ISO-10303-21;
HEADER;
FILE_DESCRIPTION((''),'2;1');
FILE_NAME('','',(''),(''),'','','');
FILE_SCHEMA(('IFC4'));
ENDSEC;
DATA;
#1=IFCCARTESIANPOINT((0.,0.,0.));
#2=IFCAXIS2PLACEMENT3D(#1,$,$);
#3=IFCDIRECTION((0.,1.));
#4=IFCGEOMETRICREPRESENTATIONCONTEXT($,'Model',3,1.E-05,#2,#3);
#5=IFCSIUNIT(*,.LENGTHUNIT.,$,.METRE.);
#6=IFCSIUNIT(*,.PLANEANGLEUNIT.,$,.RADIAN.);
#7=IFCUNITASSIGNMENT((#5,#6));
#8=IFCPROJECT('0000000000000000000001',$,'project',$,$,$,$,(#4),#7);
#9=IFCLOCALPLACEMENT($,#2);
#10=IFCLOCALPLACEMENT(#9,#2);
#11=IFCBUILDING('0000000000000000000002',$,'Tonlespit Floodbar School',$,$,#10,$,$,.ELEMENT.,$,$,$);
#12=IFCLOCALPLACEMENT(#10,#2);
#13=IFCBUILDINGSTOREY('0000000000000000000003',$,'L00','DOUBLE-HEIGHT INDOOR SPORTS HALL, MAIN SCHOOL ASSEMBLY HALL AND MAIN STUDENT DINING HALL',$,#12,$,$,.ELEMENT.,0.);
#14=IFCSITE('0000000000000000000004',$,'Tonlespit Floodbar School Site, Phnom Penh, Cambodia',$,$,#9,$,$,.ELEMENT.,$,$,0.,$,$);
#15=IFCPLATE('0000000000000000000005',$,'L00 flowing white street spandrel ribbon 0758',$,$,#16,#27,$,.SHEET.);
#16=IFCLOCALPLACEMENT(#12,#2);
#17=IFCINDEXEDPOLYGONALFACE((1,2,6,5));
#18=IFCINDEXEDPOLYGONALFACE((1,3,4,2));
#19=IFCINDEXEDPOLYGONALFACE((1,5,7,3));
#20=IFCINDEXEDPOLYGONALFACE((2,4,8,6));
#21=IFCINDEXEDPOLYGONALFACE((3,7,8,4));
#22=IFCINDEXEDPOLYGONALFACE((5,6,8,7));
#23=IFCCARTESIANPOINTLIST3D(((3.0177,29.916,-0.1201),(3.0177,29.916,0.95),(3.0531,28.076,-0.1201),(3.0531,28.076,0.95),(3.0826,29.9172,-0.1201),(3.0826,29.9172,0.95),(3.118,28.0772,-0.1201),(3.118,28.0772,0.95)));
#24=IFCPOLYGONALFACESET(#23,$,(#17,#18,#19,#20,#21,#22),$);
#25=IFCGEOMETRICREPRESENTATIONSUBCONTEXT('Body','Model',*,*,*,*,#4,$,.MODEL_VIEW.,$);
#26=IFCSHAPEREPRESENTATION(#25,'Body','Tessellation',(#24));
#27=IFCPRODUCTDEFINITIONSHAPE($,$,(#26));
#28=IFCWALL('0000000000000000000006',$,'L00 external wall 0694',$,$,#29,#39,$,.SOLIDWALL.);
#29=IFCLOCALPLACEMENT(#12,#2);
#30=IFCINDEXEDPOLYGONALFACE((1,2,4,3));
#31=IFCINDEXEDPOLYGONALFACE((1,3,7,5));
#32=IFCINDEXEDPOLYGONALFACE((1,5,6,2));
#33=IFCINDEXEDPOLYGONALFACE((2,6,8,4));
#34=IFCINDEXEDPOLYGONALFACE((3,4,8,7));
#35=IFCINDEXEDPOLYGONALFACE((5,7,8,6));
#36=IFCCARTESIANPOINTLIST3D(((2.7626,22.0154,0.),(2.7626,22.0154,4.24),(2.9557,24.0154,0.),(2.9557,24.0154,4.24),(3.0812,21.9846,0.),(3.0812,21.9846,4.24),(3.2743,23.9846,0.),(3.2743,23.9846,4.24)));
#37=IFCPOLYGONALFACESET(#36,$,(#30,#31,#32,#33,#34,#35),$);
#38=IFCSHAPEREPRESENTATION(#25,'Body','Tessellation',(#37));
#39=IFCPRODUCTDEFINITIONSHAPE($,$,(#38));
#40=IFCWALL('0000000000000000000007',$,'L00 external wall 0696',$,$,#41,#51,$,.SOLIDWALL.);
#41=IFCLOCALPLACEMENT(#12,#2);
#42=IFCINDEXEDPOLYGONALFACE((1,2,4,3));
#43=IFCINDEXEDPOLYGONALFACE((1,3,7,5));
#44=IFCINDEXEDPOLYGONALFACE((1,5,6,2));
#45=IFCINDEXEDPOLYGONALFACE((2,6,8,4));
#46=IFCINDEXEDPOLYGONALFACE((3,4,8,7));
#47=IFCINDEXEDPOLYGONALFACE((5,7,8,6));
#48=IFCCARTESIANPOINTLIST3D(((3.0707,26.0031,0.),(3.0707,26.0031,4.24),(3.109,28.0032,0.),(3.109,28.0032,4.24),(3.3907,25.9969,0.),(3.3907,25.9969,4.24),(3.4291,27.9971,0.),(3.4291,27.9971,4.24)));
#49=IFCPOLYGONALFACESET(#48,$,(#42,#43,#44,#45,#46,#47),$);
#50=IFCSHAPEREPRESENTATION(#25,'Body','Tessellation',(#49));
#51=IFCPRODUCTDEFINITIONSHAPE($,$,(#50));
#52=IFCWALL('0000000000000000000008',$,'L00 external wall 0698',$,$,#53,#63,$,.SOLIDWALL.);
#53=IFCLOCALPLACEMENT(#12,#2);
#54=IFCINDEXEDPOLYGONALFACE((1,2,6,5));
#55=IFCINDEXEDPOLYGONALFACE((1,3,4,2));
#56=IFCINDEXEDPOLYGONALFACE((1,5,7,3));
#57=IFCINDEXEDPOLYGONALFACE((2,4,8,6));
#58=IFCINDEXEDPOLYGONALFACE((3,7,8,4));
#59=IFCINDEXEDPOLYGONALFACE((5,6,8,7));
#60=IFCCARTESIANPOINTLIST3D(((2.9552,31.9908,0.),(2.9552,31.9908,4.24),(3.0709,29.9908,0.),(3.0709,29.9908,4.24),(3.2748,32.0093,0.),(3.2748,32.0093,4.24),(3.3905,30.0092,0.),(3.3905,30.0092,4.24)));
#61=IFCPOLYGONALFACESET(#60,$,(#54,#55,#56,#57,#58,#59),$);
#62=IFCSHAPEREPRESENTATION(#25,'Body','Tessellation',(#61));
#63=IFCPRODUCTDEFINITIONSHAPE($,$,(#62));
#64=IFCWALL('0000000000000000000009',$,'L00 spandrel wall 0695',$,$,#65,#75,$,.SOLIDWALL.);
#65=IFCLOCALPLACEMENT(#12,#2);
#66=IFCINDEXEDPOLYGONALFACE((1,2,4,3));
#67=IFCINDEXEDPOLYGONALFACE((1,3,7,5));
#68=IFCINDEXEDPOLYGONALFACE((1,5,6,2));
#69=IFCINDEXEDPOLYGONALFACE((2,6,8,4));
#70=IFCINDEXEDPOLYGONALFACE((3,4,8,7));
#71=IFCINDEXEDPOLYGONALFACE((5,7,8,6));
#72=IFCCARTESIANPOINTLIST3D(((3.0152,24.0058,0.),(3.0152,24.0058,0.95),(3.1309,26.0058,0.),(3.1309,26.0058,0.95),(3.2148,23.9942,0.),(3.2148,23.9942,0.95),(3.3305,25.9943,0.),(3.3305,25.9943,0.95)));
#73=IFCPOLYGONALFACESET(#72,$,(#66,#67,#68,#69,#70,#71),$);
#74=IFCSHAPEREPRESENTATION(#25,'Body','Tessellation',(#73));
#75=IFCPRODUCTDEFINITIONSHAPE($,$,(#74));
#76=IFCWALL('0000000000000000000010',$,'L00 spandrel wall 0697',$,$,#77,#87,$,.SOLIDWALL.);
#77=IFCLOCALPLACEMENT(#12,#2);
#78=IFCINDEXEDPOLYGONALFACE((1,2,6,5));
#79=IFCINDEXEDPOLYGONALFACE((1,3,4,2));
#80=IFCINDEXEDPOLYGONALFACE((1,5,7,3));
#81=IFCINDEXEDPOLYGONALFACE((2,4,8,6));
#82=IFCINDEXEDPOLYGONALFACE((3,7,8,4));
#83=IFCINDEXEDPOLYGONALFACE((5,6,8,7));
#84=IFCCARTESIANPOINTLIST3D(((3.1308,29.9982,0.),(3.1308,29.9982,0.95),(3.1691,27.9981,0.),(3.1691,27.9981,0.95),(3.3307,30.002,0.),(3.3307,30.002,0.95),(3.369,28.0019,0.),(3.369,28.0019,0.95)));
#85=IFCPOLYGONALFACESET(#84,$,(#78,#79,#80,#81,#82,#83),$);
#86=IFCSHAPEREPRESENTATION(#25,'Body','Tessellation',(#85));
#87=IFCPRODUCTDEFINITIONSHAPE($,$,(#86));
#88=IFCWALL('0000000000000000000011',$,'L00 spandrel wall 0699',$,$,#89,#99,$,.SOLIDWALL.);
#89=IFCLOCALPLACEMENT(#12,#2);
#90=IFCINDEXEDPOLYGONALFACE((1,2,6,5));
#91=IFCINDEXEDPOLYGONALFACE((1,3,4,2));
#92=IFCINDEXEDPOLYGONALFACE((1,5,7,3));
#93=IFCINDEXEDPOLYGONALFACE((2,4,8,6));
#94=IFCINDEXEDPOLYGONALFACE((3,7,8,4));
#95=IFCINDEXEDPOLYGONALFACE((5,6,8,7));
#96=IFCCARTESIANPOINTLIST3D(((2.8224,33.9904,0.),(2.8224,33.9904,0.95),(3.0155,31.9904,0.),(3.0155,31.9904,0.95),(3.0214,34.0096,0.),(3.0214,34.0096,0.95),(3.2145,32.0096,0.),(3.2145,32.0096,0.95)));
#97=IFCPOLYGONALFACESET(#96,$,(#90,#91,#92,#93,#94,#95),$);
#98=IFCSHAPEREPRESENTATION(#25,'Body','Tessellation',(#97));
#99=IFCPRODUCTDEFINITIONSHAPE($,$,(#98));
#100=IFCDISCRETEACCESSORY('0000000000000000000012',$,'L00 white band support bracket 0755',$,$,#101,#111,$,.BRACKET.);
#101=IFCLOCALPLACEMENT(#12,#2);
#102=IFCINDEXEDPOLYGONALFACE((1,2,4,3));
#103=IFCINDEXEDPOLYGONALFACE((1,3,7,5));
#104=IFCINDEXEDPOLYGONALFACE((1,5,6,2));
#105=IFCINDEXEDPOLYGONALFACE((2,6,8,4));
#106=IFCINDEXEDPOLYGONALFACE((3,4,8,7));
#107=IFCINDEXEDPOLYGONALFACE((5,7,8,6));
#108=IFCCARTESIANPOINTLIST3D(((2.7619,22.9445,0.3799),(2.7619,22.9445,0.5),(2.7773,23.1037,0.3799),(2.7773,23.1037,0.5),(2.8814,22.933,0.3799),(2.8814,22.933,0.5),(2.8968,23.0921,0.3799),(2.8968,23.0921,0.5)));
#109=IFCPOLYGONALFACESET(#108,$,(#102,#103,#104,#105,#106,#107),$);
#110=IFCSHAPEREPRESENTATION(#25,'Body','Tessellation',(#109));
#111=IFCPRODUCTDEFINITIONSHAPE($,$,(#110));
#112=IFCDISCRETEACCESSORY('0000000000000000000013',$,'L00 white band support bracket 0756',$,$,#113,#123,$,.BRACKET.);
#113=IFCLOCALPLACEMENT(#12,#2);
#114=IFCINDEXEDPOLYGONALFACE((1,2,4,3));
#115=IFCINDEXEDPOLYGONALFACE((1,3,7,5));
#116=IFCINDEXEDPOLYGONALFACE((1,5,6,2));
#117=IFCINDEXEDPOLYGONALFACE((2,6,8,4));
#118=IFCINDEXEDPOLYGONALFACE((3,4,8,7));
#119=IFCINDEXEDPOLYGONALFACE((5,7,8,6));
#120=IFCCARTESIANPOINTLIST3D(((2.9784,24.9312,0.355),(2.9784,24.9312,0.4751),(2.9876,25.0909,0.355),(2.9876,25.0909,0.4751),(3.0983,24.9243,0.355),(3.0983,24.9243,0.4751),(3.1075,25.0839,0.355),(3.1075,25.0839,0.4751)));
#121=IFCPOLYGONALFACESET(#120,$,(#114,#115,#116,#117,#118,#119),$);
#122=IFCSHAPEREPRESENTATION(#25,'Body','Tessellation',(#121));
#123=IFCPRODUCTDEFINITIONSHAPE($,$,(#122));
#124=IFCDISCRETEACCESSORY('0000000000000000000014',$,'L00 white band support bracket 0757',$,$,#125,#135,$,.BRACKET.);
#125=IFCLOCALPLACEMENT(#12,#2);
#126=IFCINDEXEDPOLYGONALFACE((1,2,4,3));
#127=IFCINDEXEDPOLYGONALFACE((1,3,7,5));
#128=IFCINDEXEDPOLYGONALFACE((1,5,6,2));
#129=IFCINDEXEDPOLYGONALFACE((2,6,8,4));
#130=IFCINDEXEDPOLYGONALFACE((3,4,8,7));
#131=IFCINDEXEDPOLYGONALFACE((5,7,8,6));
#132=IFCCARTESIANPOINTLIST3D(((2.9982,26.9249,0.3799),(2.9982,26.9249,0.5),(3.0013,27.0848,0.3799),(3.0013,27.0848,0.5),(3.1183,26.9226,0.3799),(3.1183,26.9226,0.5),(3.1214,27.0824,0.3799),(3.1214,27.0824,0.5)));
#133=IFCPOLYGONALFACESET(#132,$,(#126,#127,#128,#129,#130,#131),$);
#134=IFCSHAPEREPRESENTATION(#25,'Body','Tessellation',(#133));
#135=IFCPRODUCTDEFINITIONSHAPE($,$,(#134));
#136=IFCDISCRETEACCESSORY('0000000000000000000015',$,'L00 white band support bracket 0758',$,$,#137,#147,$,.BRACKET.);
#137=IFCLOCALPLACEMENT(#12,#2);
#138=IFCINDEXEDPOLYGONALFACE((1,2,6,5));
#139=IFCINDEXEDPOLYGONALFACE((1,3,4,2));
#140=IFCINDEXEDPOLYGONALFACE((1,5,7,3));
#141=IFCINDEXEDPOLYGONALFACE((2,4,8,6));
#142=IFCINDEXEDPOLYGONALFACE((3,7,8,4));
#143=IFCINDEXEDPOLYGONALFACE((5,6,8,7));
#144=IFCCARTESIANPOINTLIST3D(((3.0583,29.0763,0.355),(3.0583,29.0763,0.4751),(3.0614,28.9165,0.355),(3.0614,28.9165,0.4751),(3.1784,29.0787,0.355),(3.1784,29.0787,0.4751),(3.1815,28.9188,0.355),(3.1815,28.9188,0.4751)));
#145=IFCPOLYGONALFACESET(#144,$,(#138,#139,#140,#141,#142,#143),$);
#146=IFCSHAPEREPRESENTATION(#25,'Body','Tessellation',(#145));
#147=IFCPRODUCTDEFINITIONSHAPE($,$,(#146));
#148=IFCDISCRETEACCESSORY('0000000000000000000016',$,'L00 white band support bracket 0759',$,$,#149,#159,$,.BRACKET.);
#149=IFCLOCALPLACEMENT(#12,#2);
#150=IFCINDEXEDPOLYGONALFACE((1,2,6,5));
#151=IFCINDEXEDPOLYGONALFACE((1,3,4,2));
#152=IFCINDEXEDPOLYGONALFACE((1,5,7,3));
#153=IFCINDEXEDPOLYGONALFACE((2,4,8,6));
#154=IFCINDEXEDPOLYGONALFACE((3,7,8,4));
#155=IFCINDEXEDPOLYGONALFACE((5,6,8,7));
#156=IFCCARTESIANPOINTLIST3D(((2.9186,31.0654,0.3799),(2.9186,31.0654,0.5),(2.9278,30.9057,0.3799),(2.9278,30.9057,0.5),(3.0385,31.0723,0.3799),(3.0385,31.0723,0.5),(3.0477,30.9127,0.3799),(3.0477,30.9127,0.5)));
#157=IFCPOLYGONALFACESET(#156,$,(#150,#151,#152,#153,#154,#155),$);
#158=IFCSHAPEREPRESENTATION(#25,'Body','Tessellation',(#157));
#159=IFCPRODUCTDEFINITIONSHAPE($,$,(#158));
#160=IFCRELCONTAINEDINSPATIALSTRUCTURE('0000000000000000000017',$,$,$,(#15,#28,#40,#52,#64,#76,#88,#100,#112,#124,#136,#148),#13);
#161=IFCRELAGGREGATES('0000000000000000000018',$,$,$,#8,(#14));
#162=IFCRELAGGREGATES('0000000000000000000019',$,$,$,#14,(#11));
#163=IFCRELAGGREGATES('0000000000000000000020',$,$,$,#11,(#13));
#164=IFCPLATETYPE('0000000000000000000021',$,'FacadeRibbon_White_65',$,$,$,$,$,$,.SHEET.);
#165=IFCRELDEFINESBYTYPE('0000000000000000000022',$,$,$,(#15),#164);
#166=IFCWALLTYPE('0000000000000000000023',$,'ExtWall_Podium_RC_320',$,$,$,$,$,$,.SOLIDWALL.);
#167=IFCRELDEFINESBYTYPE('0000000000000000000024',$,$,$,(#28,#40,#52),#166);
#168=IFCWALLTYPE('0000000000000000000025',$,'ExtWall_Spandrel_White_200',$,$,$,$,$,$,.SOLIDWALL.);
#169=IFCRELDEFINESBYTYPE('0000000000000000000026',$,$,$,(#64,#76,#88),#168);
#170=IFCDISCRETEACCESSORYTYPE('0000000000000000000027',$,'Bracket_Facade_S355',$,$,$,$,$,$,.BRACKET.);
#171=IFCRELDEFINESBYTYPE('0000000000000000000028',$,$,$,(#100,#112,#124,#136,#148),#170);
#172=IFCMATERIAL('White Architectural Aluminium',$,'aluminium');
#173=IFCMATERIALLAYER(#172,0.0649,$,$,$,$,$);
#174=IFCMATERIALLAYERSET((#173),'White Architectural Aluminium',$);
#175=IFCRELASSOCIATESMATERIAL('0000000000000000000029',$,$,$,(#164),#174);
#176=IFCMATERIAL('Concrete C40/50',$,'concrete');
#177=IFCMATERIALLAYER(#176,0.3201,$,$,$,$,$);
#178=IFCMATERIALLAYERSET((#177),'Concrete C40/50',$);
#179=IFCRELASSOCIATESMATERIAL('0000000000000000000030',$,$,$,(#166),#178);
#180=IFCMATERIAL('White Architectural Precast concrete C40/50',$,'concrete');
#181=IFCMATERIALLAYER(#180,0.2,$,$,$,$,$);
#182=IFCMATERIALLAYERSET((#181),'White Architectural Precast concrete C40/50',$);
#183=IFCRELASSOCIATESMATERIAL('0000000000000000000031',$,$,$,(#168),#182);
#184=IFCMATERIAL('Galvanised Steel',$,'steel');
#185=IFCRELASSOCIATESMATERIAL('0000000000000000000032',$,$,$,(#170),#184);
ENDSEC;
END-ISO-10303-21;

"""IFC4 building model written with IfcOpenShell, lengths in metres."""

from ifc_helpers import new_model, si_unit, direction, frame, frame_2d, origin, origin_2d, place, context, subcontext, project, spatial, rectangle, extrude, material, layer, layer_set, type_object, element, save


model = new_model("IFC4")

# Units and contexts
model_context = context("Model", 3, precision=1e-05, world=origin(), true_north=direction((0.0, 1.0)))
body_context = subcontext(model_context, "Body", "Model", "MODEL_VIEW")
ifc_project = project(units=[si_unit("LENGTHUNIT", "METRE"), si_unit("PLANEANGLEUNIT", "RADIAN")], contexts=[model_context])

# Site, building, storey
site_placement = place(None, origin())
site = spatial("IfcSite", under=ifc_project, at=site_placement, Name="Tonlespit Floodbar School Site, Phnom Penh, Cambodia", CompositionType="ELEMENT", RefElevation=0.0)
building_placement = place(site_placement, origin())
building = spatial("IfcBuilding", under=site, at=building_placement, Name="Tonlespit Floodbar School", CompositionType="ELEMENT")
storey_placement = place(building_placement, origin())
storey = spatial("IfcBuildingStorey", under=building, at=storey_placement, Name="L00", Description="DOUBLE-HEIGHT INDOOR SPORTS HALL, MAIN SCHOOL ASSEMBLY HALL AND MAIN STUDENT DINING HALL", CompositionType="ELEMENT", Elevation=0.0)

# Shared definitions
ifc_material_1 = material(Name="Concrete C40/50", Category="concrete")

# Plate
ifc_material_2 = material(Name="White Architectural Aluminium", Category="aluminium")
ifc_layer_1 = layer(ifc_material_2, 0.0649)
ifc_layer_set_1 = layer_set([ifc_layer_1], Name="White Architectural Aluminium")
plate_type_1 = type_object("IfcPlateType", Name="FacadeRibbon_White_65", PredefinedType="SHEET", material=ifc_layer_set_1)
plate_1_placement = place(storey_placement, frame((3.0679, 28.9966, -0.1201), z_axis=(0.0, 0.0, 1.0), x_axis=(-0.019246, 0.999815, 0.0)))
element("IfcPlate", 1, at=plate_1_placement, inside=storey, type_object=plate_type_1, Name="L00 flowing white street spandrel ribbon 0758", PredefinedType="SHEET", context=body_context, shape_type="SweptSolid", body=[
    extrude(rectangle(XDim=1.8403, YDim=0.0649, at=origin_2d()), origin(), (0.0, 0.0, 1.0), 1.0701),
])

# Walls
ifc_layer_2 = layer(ifc_material_1, 0.3201)
ifc_layer_set_2 = layer_set([ifc_layer_2], Name="Concrete C40/50")
wall_type_1 = type_object("IfcWallType", Name="ExtWall_Podium_RC_320", PredefinedType="SOLIDWALL", material=ifc_layer_set_2)
wall_1_placement = place(storey_placement, frame((2.9219, 22.0, 0.0), z_axis=(0.0, 0.0, 1.0), x_axis=(0.096111, 0.995371, 0.0)))
element("IfcWall", 2, at=wall_1_placement, inside=storey, type_object=wall_type_1, Name="L00 external wall 0694", PredefinedType="SOLIDWALL", context=body_context, shape_type="SweptSolid", body=[
    extrude(rectangle(XDim=2.0093, YDim=0.3201, at=frame_2d((1.0046, 0.0))), origin(), (0.0, 0.0, 1.0), 4.24),
])
wall_2_placement = place(storey_placement, frame((3.2307, 26.0, 0.0), z_axis=(0.0, 0.0, 1.0), x_axis=(0.019162, 0.999816, 0.0)))
element("IfcWall", 3, at=wall_2_placement, inside=storey, type_object=wall_type_1, Name="L00 external wall 0696", PredefinedType="SOLIDWALL", context=body_context, shape_type="SweptSolid", body=[
    extrude(rectangle(XDim=2.0005, YDim=0.3201, at=frame_2d((1.0002, 0.0))), origin(), (0.0, 0.0, 1.0), 4.24),
])
wall_3_placement = place(storey_placement, frame((3.2307, 30.0, 0.0), z_axis=(0.0, 0.0, 1.0), x_axis=(-0.057765, 0.99833, 0.0)))
element("IfcWall", 4, at=wall_3_placement, inside=storey, type_object=wall_type_1, Name="L00 external wall 0698", PredefinedType="SOLIDWALL", context=body_context, shape_type="SweptSolid", body=[
    extrude(rectangle(XDim=2.0034, YDim=0.3201, at=frame_2d((1.0017, 0.0))), origin(), (0.0, 0.0, 1.0), 4.24),
])
ifc_material_3 = material(Name="White Architectural Precast concrete C40/50", Category="concrete")
ifc_layer_3 = layer(ifc_material_3, 0.2)
ifc_layer_set_3 = layer_set([ifc_layer_3], Name="White Architectural Precast concrete C40/50")
wall_type_2 = type_object("IfcWallType", Name="ExtWall_Spandrel_White_200", PredefinedType="SOLIDWALL", material=ifc_layer_set_3)
wall_4_placement = place(storey_placement, frame((3.115, 24.0, 0.0), z_axis=(0.0, 0.0, 1.0), x_axis=(0.057765, 0.99833, 0.0)))
element("IfcWall", 5, at=wall_4_placement, inside=storey, type_object=wall_type_2, Name="L00 spandrel wall 0695", PredefinedType="SOLIDWALL", context=body_context, shape_type="SweptSolid", body=[
    extrude(rectangle(XDim=2.0034, YDim=0.2, at=frame_2d((1.0017, 0.0))), origin(), (0.0, 0.0, 1.0), 0.95),
])
wall_5_placement = place(storey_placement, frame((3.269, 28.0, 0.0), z_axis=(0.0, 0.0, 1.0), x_axis=(-0.019162, 0.999816, 0.0)))
element("IfcWall", 6, at=wall_5_placement, inside=storey, type_object=wall_type_2, Name="L00 spandrel wall 0697", PredefinedType="SOLIDWALL", context=body_context, shape_type="SweptSolid", body=[
    extrude(rectangle(XDim=2.0005, YDim=0.2, at=frame_2d((1.0002, 0.0))), origin(), (0.0, 0.0, 1.0), 0.95),
])
wall_6_placement = place(storey_placement, frame((3.115, 32.0, 0.0), z_axis=(0.0, 0.0, 1.0), x_axis=(-0.096111, 0.995371, 0.0)))
element("IfcWall", 7, at=wall_6_placement, inside=storey, type_object=wall_type_2, Name="L00 spandrel wall 0699", PredefinedType="SOLIDWALL", context=body_context, shape_type="SweptSolid", body=[
    extrude(rectangle(XDim=2.0093, YDim=0.2, at=frame_2d((1.0046, 0.0))), origin(), (0.0, 0.0, 1.0), 0.95),
])

# Discrete accessories
ifc_material_4 = material(Name="Galvanised Steel", Category="steel")
discrete_accessory_type = type_object("IfcDiscreteAccessoryType", Name="Bracket_Facade_S355", PredefinedType="BRACKET", material=ifc_material_4)
for number, where, z_axis, x_axis, name in (
    (8, (2.8293, 23.0183, 0.3799), (0.0, 0.0, 1.0), (0.096153, 0.995367, 0.0), "L00 white band support bracket 0755"),
    (9, (3.043, 25.0076, 0.355), (0.0, 0.0, 1.0), (0.057703, 0.998334, 0.0), "L00 white band support bracket 0756"),
    (10, (3.0598, 27.0037, 0.3799), (0.0, 0.0, 1.0), (0.019246, 0.999815, 0.0), "L00 white band support bracket 0757"),
    (11, (3.1199, 28.9976, 0.355), (0.0, 0.0, 1.0), (-0.019246, 0.999815, 0.0), "L00 white band support bracket 0758"),
    (12, (2.9832, 30.989, 0.3799), (0.0, 0.0, 1.0), (-0.057703, 0.998334, 0.0), "L00 white band support bracket 0759"),
):
    element("IfcDiscreteAccessory", number, at=place(storey_placement, frame(where, z_axis=z_axis, x_axis=x_axis)), inside=storey, type_object=discrete_accessory_type, Name=name, PredefinedType="BRACKET", context=body_context, shape_type="SweptSolid", body=[
        extrude(rectangle(XDim=0.1599, YDim=0.1201, at=origin_2d()), origin(), (0.0, 0.0, 1.0), 0.1201),
    ])

save(model, "model.ifc")
